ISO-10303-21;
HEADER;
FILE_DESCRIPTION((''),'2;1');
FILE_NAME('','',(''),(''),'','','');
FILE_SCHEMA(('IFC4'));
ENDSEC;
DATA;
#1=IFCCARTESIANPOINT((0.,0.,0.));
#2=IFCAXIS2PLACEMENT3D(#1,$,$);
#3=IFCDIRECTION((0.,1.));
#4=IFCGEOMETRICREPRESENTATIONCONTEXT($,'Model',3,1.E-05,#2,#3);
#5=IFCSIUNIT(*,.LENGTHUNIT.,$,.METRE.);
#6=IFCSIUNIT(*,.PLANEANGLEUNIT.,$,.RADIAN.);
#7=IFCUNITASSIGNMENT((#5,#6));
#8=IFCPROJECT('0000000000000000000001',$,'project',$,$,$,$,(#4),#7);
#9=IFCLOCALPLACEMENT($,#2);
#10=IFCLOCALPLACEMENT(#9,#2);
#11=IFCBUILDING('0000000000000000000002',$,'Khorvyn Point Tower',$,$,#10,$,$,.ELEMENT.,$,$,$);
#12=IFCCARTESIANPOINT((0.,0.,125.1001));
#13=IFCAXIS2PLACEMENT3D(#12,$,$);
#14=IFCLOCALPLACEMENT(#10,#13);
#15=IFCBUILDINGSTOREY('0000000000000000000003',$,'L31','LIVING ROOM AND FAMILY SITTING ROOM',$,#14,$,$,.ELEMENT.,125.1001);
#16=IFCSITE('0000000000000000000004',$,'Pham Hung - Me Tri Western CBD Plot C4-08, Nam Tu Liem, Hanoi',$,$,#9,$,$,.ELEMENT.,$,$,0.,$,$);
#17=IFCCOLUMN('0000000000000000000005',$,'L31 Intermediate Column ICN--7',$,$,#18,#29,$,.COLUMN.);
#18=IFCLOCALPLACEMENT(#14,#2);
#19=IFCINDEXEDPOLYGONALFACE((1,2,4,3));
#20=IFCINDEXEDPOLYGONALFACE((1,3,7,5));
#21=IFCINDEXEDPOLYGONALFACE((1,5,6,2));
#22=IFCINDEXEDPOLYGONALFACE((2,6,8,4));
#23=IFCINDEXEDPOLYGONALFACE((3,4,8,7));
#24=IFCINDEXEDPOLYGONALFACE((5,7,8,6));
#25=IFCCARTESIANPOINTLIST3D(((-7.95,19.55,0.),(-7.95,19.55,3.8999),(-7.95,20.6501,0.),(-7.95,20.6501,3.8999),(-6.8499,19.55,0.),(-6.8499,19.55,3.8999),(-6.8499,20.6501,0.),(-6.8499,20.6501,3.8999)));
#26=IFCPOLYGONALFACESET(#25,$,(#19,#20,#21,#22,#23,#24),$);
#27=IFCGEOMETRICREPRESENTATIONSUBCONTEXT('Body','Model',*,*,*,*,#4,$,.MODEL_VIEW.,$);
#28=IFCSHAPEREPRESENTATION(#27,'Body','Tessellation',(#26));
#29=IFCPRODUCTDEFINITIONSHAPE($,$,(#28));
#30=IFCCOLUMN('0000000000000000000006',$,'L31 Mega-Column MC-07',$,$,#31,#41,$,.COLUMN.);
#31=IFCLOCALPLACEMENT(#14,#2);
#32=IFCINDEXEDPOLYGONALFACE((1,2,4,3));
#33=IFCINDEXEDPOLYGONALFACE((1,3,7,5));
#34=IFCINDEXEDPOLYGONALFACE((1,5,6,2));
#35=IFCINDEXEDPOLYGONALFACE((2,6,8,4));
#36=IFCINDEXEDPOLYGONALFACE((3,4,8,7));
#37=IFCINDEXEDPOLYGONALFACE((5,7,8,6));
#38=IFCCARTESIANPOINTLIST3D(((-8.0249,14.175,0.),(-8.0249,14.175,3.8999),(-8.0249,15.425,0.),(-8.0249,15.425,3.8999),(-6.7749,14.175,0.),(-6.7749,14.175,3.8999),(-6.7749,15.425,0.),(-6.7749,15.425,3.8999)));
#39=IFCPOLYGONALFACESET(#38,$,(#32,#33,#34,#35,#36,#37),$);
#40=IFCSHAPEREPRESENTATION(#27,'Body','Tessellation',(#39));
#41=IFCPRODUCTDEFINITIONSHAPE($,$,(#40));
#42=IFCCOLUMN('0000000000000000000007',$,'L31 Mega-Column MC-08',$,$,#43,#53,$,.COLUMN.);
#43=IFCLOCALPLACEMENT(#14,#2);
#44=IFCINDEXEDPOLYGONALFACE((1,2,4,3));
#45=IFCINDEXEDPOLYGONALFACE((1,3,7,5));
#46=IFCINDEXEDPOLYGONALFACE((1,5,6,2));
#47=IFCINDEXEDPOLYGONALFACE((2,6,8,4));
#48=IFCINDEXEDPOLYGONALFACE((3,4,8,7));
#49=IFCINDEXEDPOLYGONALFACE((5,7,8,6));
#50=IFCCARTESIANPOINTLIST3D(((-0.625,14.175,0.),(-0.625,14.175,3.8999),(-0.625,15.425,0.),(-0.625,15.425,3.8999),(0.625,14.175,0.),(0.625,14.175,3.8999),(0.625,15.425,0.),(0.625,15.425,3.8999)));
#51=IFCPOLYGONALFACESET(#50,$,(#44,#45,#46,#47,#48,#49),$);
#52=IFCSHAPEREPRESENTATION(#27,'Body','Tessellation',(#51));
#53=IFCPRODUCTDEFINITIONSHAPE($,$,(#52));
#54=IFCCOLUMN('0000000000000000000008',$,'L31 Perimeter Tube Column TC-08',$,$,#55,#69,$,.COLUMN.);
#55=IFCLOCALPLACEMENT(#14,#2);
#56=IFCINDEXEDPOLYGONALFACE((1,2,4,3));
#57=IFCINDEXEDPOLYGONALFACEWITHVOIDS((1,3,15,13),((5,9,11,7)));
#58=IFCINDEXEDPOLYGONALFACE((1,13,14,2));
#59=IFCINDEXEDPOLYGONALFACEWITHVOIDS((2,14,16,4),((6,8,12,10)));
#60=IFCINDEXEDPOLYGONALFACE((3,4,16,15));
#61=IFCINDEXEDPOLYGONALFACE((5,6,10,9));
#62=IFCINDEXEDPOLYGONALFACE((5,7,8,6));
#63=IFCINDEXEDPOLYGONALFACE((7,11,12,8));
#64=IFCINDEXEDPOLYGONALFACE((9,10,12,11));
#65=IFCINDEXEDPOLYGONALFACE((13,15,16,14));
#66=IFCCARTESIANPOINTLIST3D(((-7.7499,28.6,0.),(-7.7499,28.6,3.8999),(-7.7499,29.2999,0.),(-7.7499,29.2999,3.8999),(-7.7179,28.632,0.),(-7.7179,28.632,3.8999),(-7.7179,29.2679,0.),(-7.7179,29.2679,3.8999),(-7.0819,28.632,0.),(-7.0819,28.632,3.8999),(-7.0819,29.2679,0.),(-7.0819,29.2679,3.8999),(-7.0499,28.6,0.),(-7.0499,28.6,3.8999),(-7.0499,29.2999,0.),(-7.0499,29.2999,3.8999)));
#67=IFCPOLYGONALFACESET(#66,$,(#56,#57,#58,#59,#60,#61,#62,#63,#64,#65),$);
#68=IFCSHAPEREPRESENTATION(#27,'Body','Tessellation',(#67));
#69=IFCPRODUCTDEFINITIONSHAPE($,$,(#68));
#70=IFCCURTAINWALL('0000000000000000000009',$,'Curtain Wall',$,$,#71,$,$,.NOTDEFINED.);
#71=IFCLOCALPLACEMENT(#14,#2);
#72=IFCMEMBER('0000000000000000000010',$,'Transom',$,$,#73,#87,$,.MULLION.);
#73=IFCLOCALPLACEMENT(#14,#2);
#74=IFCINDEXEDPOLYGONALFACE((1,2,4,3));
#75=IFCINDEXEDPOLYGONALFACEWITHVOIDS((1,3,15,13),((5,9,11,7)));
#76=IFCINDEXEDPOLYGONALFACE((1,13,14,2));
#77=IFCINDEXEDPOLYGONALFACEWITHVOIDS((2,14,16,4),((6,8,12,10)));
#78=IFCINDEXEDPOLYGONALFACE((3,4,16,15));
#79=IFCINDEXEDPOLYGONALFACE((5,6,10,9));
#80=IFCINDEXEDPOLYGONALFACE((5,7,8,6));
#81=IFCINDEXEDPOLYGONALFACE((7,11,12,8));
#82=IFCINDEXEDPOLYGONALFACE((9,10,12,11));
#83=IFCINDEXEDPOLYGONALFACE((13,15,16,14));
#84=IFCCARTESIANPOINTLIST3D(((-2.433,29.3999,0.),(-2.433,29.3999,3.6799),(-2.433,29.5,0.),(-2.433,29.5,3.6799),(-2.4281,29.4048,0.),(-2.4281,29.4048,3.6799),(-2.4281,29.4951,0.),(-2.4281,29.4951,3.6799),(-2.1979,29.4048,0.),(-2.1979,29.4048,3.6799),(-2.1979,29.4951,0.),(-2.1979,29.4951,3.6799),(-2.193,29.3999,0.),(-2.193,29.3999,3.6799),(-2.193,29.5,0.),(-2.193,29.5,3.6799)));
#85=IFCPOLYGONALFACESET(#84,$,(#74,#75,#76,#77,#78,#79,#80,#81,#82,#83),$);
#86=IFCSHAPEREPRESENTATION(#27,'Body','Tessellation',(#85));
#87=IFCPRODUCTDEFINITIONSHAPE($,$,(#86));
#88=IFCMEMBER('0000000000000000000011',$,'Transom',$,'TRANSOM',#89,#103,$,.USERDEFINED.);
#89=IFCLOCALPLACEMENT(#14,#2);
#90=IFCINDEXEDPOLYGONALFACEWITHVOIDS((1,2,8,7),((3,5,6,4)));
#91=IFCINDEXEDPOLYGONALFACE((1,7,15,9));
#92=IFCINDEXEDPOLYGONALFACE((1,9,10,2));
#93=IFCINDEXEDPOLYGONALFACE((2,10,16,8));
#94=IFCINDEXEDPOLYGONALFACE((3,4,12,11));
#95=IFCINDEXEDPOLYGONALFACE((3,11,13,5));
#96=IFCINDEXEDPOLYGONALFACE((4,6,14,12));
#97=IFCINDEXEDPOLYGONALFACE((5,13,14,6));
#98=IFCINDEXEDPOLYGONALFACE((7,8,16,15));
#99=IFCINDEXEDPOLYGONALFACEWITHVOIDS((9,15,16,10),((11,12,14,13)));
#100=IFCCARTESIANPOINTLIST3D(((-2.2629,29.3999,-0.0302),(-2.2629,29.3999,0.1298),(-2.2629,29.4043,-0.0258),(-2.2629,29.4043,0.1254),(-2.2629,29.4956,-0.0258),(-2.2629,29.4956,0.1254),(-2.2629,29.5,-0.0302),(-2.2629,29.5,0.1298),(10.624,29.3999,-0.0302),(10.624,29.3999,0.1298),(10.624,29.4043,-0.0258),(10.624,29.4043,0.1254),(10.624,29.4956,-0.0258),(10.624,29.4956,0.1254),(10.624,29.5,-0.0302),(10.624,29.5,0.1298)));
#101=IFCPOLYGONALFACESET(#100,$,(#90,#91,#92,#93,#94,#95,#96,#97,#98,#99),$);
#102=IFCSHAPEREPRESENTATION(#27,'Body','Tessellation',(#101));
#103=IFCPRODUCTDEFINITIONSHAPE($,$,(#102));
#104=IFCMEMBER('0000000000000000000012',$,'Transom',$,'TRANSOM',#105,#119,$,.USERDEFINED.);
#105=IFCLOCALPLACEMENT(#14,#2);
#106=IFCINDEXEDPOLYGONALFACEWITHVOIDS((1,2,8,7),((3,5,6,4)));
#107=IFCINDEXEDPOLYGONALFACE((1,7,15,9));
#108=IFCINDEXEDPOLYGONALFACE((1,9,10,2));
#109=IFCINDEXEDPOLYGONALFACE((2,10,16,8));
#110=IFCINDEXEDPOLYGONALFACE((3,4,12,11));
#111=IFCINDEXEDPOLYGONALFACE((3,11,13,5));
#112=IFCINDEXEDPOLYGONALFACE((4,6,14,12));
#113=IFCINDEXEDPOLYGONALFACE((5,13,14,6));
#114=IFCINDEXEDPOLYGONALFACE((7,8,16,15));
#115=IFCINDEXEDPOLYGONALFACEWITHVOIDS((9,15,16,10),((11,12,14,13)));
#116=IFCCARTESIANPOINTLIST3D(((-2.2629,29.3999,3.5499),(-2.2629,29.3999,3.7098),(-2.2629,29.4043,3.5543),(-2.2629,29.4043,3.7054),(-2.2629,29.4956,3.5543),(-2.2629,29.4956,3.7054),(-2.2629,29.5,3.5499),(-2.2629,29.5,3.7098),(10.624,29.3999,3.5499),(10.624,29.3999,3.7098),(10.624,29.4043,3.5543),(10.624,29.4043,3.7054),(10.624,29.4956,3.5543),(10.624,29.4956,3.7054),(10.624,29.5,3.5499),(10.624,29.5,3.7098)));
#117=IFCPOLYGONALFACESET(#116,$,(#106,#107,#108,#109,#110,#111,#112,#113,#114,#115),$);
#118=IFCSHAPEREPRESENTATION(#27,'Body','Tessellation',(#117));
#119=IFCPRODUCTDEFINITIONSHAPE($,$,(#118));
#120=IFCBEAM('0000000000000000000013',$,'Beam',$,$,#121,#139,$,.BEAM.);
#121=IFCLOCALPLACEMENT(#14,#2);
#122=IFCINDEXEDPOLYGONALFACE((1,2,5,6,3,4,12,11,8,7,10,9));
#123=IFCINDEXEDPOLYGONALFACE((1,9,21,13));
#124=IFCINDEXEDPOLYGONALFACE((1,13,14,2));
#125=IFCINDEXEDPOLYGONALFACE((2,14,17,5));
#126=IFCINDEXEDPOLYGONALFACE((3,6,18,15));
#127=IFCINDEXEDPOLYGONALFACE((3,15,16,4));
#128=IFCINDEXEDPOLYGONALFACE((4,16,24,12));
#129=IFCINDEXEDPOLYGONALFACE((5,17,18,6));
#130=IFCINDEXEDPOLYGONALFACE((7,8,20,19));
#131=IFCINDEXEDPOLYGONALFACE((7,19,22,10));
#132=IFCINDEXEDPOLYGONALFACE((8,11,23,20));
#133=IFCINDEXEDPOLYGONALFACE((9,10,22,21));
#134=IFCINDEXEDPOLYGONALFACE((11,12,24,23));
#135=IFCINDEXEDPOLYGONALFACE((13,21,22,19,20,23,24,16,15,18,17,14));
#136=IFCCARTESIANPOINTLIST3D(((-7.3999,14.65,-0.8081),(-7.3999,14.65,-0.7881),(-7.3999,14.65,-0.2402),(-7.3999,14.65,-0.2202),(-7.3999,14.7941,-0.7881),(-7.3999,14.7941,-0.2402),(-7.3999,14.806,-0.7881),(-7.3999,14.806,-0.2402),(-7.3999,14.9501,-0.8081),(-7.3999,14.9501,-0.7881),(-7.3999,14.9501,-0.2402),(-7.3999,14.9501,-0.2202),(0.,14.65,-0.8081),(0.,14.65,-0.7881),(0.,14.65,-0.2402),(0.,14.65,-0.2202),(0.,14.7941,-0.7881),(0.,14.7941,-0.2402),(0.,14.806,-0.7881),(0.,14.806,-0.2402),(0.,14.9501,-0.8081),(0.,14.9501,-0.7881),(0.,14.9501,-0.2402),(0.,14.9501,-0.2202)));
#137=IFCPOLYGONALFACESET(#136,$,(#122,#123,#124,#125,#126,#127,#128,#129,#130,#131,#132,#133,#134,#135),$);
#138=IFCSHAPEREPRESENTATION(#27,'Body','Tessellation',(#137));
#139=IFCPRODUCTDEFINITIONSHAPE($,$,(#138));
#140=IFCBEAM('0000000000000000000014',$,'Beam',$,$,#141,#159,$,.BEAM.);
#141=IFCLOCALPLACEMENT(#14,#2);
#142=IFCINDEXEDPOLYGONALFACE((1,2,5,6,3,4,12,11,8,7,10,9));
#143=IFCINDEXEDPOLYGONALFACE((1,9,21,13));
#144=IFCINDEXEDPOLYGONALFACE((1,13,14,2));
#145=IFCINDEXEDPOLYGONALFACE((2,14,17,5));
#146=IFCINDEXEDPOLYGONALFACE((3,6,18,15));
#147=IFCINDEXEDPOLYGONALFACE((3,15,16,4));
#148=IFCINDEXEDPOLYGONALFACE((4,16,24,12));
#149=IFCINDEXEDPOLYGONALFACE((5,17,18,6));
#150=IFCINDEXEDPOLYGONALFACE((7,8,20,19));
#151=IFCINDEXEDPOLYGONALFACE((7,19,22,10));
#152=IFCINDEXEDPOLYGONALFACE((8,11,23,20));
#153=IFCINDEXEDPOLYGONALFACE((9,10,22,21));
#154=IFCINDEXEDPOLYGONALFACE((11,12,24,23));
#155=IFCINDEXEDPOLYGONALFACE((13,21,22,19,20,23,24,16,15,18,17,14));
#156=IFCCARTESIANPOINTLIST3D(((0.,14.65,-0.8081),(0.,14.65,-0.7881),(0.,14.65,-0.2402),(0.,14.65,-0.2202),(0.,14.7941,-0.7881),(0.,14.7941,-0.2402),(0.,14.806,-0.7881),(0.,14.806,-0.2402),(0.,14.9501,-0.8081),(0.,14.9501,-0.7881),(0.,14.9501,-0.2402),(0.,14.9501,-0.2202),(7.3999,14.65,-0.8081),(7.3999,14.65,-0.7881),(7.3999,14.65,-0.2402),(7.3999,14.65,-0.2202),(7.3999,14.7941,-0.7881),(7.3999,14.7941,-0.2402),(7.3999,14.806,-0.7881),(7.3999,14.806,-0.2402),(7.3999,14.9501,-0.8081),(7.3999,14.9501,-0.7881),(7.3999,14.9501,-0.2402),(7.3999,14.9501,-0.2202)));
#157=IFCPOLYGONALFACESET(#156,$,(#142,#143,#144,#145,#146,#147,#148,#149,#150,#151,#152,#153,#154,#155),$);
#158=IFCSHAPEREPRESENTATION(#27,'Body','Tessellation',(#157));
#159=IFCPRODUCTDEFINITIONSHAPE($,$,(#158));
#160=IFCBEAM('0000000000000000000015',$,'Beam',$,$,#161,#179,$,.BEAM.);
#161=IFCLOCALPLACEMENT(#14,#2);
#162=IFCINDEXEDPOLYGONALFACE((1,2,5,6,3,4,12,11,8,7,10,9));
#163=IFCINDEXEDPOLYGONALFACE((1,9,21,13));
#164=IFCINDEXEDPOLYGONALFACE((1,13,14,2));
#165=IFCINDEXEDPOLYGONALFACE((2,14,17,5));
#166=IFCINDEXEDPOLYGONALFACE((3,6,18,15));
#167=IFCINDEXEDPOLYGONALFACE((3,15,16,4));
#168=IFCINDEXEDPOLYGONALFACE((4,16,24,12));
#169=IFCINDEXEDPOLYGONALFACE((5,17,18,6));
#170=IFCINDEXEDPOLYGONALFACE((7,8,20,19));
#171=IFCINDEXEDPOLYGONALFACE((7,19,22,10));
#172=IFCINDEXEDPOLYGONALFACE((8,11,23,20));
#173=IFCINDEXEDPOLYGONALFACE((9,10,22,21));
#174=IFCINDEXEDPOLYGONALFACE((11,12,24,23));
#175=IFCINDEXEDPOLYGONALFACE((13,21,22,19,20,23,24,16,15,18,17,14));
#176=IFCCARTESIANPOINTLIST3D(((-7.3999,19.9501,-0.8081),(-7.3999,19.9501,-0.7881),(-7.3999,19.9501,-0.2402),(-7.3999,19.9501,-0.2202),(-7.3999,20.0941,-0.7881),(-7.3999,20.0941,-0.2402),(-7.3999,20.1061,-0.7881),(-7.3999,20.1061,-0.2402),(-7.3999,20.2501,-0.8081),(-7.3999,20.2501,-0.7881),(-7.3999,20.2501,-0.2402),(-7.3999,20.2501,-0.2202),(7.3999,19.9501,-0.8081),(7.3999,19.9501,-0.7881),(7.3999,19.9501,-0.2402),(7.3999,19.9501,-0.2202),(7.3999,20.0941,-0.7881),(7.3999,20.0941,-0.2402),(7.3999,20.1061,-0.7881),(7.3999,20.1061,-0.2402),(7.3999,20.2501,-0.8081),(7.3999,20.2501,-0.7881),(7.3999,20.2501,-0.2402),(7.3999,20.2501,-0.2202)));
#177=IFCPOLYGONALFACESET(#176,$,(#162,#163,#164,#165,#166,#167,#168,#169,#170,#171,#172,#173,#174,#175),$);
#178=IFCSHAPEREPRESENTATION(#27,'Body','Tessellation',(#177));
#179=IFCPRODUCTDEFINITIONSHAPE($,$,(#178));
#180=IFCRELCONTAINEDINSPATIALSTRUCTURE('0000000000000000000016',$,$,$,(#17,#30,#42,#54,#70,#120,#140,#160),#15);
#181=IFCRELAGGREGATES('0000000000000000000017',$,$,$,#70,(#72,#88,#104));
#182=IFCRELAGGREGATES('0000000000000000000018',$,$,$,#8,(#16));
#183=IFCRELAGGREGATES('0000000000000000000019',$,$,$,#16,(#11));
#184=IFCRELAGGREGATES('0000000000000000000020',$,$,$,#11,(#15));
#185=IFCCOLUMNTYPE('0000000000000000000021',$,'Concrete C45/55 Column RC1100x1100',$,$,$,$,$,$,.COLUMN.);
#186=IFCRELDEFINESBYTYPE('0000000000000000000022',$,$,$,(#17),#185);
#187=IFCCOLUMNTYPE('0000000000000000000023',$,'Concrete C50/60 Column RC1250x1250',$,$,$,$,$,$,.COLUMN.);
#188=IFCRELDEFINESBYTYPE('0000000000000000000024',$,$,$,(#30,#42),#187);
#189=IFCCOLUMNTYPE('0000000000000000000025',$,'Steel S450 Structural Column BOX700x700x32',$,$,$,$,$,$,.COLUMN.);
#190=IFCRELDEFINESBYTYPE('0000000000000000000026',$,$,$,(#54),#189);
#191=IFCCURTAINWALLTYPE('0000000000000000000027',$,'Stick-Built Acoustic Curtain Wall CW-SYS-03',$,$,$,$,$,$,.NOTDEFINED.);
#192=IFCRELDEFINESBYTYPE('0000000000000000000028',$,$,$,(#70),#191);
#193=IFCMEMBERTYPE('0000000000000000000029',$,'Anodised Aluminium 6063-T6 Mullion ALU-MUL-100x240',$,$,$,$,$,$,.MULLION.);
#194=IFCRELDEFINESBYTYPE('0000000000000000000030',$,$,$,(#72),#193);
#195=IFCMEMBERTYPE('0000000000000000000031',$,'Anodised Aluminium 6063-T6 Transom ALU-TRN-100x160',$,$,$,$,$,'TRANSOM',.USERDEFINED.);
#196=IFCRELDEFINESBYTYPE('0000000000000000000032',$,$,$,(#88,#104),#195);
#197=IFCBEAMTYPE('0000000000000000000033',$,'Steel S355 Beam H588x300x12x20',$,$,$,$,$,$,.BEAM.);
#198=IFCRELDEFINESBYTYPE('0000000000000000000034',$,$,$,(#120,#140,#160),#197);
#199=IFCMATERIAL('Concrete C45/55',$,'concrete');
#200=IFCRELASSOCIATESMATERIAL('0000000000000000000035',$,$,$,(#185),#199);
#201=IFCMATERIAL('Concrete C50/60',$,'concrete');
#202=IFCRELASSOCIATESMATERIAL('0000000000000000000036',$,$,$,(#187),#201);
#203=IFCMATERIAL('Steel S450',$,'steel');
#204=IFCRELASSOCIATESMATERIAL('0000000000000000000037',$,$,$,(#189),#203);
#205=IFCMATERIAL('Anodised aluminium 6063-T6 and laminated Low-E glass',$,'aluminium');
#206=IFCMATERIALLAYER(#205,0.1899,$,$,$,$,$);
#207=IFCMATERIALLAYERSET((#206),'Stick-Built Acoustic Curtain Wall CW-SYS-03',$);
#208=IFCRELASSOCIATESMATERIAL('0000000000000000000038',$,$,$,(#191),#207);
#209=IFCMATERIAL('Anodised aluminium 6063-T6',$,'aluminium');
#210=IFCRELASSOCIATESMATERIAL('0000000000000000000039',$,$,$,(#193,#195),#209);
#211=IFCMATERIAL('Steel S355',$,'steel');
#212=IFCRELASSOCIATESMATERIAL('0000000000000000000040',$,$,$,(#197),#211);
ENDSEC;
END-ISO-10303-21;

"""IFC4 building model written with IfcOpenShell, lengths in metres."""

from ifc_helpers import new_model, si_unit, direction, frame, origin, origin_2d, place, context, subcontext, project, spatial, rectangle, hollow_rectangle, i_section, extrude, material, layer, layer_set, material_profile, profile_set, type_object, element, aggregate, save


model = new_model("IFC4")

# Units and contexts
model_context = context("Model", 3, precision=1e-05, world=origin(), true_north=direction((0.0, 1.0)))
body_context = subcontext(model_context, "Body", "Model", "MODEL_VIEW")
ifc_project = project(units=[si_unit("LENGTHUNIT", "METRE"), si_unit("PLANEANGLEUNIT", "RADIAN")], contexts=[model_context])

# Site, building, storey
site_placement = place(None, origin())
site = spatial("IfcSite", under=ifc_project, at=site_placement, Name="Pham Hung - Me Tri Western CBD Plot C4-08, Nam Tu Liem, Hanoi", CompositionType="ELEMENT", RefElevation=0.0)
building_placement = place(site_placement, origin())
building = spatial("IfcBuilding", under=site, at=building_placement, Name="Khorvyn Point Tower", CompositionType="ELEMENT")
storey_placement = place(building_placement, frame((0.0, 0.0, 125.1001)))
storey = spatial("IfcBuildingStorey", under=building, at=storey_placement, Name="L31", Description="LIVING ROOM AND FAMILY SITTING ROOM", CompositionType="ELEMENT", Elevation=125.1001)

# Columns
ifc_material_1 = material(Name="Concrete C45/55", Category="concrete")
ifc_material_profile_1 = material_profile(ifc_material_1, rectangle(XDim=1.1001, YDim=1.1001, at=origin_2d()))
ifc_profile_set_1 = profile_set([ifc_material_profile_1], Name="Concrete C45/55 RC1100x1100")
column_type_1 = type_object("IfcColumnType", Name="Concrete C45/55 Column RC1100x1100", PredefinedType="COLUMN", material=ifc_profile_set_1)
column_1_placement = place(storey_placement, frame((-7.3999, 20.1001, 0.0), z_axis=(0.0, 0.0, 1.0), x_axis=(1.0, 0.0, 0.0)))
element("IfcColumn", 1, at=column_1_placement, inside=storey, type_object=column_type_1, Name="L31 Intermediate Column ICN--7", PredefinedType="COLUMN", context=body_context, shape_type="SweptSolid", body=[
    extrude(rectangle(XDim=1.1001, YDim=1.1001, at=origin_2d()), origin(), (0.0, 0.0, 1.0), 3.8999),
])
ifc_material_2 = material(Name="Concrete C50/60", Category="concrete")
ifc_material_profile_2 = material_profile(ifc_material_2, rectangle(XDim=1.25, YDim=1.25, at=origin_2d()))
ifc_profile_set_2 = profile_set([ifc_material_profile_2], Name="Concrete C50/60 RC1250x1250")
column_type_2 = type_object("IfcColumnType", Name="Concrete C50/60 Column RC1250x1250", PredefinedType="COLUMN", material=ifc_profile_set_2)
for number, where, z_axis, x_axis, name in (
    (2, (-7.3999, 14.8, 0.0), (0.0, 0.0, 1.0), (1.0, 0.0, 0.0), "L31 Mega-Column MC-07"),
    (3, (0.0, 14.8, 0.0), (0.0, 0.0, 1.0), (1.0, 0.0, 0.0), "L31 Mega-Column MC-08"),
):
    element("IfcColumn", number, at=place(storey_placement, frame(where, z_axis=z_axis, x_axis=x_axis)), inside=storey, type_object=column_type_2, Name=name, PredefinedType="COLUMN", context=body_context, shape_type="SweptSolid", body=[
        extrude(rectangle(XDim=1.25, YDim=1.25, at=origin_2d()), origin(), (0.0, 0.0, 1.0), 3.8999),
    ])
ifc_material_3 = material(Name="Steel S450", Category="steel")
ifc_material_profile_3 = material_profile(ifc_material_3, hollow_rectangle(XDim=0.7, YDim=0.7, WallThickness=0.032, at=origin_2d()))
ifc_profile_set_3 = profile_set([ifc_material_profile_3], Name="Steel S450 BOX700x700x32")
column_type_3 = type_object("IfcColumnType", Name="Steel S450 Structural Column BOX700x700x32", PredefinedType="COLUMN", material=ifc_profile_set_3)
column_2_placement = place(storey_placement, frame((-7.3999, 28.95, 0.0), z_axis=(0.0, 0.0, 1.0), x_axis=(1.0, 0.0, 0.0)))
element("IfcColumn", 4, at=column_2_placement, inside=storey, type_object=column_type_3, Name="L31 Perimeter Tube Column TC-08", PredefinedType="COLUMN", context=body_context, shape_type="SweptSolid", body=[
    extrude(hollow_rectangle(XDim=0.7, YDim=0.7, WallThickness=0.032, at=origin_2d()), origin(), (0.0, 0.0, 1.0), 3.8999),
])

# Curtain wall, members
ifc_material_4 = material(Name="Anodised aluminium 6063-T6 and laminated Low-E glass", Category="aluminium")
ifc_layer_1 = layer(ifc_material_4, 0.1899)
ifc_layer_set_1 = layer_set([ifc_layer_1], Name="Stick-Built Acoustic Curtain Wall CW-SYS-03")
curtain_wall_type = type_object("IfcCurtainWallType", Name="Stick-Built Acoustic Curtain Wall CW-SYS-03", PredefinedType="NOTDEFINED", material=ifc_layer_set_1)
curtain_wall_placement = place(storey_placement, origin())
curtain_wall = element("IfcCurtainWall", 5, at=curtain_wall_placement, inside=storey, type_object=curtain_wall_type, Name="Curtain Wall", PredefinedType="NOTDEFINED")
ifc_material_5 = material(Name="Anodised aluminium 6063-T6", Category="aluminium")
ifc_material_profile_4 = material_profile(ifc_material_5, hollow_rectangle(XDim=0.1001, YDim=0.24, WallThickness=0.0049, at=origin_2d()))
ifc_profile_set_4 = profile_set([ifc_material_profile_4], Name="Anodised aluminium 6063-T6 ALU-MUL-100x240")
member_type_1 = type_object("IfcMemberType", Name="Anodised Aluminium 6063-T6 Mullion ALU-MUL-100x240", PredefinedType="MULLION", material=ifc_profile_set_4)
member_1_placement = place(storey_placement, frame((-2.313, 29.45, 0.0), z_axis=(0.0, 0.0, 1.0), x_axis=(0.0, 1.0, 0.0)))
member_1 = element("IfcMember", 6, at=member_1_placement, type_object=member_type_1, Name="Transom", PredefinedType="MULLION", context=body_context, shape_type="SweptSolid", body=[
    extrude(hollow_rectangle(XDim=0.1001, YDim=0.24, WallThickness=0.0049, at=origin_2d()), origin(), (0.0, 0.0, 1.0), 3.6799),
])
ifc_material_profile_5 = material_profile(ifc_material_5, hollow_rectangle(XDim=0.1001, YDim=0.1599, WallThickness=0.0044, at=origin_2d()))
ifc_profile_set_5 = profile_set([ifc_material_profile_5], Name="Anodised aluminium 6063-T6 ALU-TRN-100x160")
member_type_2 = type_object("IfcMemberType", Name="Anodised Aluminium 6063-T6 Transom ALU-TRN-100x160", ElementType="TRANSOM", PredefinedType="USERDEFINED", material=ifc_profile_set_5)
member_2_placement = place(storey_placement, frame((-2.2629, 29.45, 0.0498), z_axis=(1.0, 0.0, 0.0), x_axis=(0.0, 1.0, 0.0)))
member_2 = element("IfcMember", 7, at=member_2_placement, type_object=member_type_2, Name="Transom", ObjectType="TRANSOM", PredefinedType="USERDEFINED", context=body_context, shape_type="SweptSolid", body=[
    extrude(hollow_rectangle(XDim=0.1001, YDim=0.1599, WallThickness=0.0044, at=origin_2d()), origin(), (0.0, 0.0, 1.0), 12.887),
])
member_3_placement = place(storey_placement, frame((-2.2629, 29.45, 3.6299), z_axis=(1.0, 0.0, 0.0), x_axis=(0.0, 1.0, 0.0)))
member_3 = element("IfcMember", 8, at=member_3_placement, type_object=member_type_2, Name="Transom", ObjectType="TRANSOM", PredefinedType="USERDEFINED", context=body_context, shape_type="SweptSolid", body=[
    extrude(hollow_rectangle(XDim=0.1001, YDim=0.1599, WallThickness=0.0044, at=origin_2d()), origin(), (0.0, 0.0, 1.0), 12.887),
])

# Beams
ifc_material_6 = material(Name="Steel S355", Category="steel")
ifc_material_profile_6 = material_profile(ifc_material_6, i_section(OverallWidth=0.3, OverallDepth=0.5879, WebThickness=0.012, FlangeThickness=0.02, at=origin_2d()))
ifc_profile_set_6 = profile_set([ifc_material_profile_6], Name="Steel S355 H588x300x12x20")
beam_type_1 = type_object("IfcBeamType", Name="Steel S355 Beam H588x300x12x20", PredefinedType="BEAM", material=ifc_profile_set_6)
for number, where, z_axis, x_axis, name in (
    (9, (-7.3999, 14.8, -0.5142), (1.0, 0.0, 0.0), (0.0, 1.0, 0.0), "Beam"),
    (10, (0.0, 14.8, -0.5142), (1.0, 0.0, 0.0), (0.0, 1.0, 0.0), "Beam"),
):
    element("IfcBeam", number, at=place(storey_placement, frame(where, z_axis=z_axis, x_axis=x_axis)), inside=storey, type_object=beam_type_1, Name=name, PredefinedType="BEAM", context=body_context, shape_type="SweptSolid", body=[
        extrude(i_section(OverallWidth=0.3, OverallDepth=0.5879, WebThickness=0.012, FlangeThickness=0.02, at=origin_2d()), origin(), (0.0, 0.0, 1.0), 7.3999),
    ])
beam_1_placement = place(storey_placement, frame((-7.3999, 20.1001, -0.5142), z_axis=(1.0, 0.0, 0.0), x_axis=(0.0, 1.0, 0.0)))
element("IfcBeam", 11, at=beam_1_placement, inside=storey, type_object=beam_type_1, Name="Beam", PredefinedType="BEAM", context=body_context, shape_type="SweptSolid", body=[
    extrude(i_section(OverallWidth=0.3, OverallDepth=0.5879, WebThickness=0.012, FlangeThickness=0.02, at=origin_2d()), origin(), (0.0, 0.0, 1.0), 14.7998),
])

aggregate(curtain_wall, [member_1, member_2, member_3])

save(model, "model.ifc")
